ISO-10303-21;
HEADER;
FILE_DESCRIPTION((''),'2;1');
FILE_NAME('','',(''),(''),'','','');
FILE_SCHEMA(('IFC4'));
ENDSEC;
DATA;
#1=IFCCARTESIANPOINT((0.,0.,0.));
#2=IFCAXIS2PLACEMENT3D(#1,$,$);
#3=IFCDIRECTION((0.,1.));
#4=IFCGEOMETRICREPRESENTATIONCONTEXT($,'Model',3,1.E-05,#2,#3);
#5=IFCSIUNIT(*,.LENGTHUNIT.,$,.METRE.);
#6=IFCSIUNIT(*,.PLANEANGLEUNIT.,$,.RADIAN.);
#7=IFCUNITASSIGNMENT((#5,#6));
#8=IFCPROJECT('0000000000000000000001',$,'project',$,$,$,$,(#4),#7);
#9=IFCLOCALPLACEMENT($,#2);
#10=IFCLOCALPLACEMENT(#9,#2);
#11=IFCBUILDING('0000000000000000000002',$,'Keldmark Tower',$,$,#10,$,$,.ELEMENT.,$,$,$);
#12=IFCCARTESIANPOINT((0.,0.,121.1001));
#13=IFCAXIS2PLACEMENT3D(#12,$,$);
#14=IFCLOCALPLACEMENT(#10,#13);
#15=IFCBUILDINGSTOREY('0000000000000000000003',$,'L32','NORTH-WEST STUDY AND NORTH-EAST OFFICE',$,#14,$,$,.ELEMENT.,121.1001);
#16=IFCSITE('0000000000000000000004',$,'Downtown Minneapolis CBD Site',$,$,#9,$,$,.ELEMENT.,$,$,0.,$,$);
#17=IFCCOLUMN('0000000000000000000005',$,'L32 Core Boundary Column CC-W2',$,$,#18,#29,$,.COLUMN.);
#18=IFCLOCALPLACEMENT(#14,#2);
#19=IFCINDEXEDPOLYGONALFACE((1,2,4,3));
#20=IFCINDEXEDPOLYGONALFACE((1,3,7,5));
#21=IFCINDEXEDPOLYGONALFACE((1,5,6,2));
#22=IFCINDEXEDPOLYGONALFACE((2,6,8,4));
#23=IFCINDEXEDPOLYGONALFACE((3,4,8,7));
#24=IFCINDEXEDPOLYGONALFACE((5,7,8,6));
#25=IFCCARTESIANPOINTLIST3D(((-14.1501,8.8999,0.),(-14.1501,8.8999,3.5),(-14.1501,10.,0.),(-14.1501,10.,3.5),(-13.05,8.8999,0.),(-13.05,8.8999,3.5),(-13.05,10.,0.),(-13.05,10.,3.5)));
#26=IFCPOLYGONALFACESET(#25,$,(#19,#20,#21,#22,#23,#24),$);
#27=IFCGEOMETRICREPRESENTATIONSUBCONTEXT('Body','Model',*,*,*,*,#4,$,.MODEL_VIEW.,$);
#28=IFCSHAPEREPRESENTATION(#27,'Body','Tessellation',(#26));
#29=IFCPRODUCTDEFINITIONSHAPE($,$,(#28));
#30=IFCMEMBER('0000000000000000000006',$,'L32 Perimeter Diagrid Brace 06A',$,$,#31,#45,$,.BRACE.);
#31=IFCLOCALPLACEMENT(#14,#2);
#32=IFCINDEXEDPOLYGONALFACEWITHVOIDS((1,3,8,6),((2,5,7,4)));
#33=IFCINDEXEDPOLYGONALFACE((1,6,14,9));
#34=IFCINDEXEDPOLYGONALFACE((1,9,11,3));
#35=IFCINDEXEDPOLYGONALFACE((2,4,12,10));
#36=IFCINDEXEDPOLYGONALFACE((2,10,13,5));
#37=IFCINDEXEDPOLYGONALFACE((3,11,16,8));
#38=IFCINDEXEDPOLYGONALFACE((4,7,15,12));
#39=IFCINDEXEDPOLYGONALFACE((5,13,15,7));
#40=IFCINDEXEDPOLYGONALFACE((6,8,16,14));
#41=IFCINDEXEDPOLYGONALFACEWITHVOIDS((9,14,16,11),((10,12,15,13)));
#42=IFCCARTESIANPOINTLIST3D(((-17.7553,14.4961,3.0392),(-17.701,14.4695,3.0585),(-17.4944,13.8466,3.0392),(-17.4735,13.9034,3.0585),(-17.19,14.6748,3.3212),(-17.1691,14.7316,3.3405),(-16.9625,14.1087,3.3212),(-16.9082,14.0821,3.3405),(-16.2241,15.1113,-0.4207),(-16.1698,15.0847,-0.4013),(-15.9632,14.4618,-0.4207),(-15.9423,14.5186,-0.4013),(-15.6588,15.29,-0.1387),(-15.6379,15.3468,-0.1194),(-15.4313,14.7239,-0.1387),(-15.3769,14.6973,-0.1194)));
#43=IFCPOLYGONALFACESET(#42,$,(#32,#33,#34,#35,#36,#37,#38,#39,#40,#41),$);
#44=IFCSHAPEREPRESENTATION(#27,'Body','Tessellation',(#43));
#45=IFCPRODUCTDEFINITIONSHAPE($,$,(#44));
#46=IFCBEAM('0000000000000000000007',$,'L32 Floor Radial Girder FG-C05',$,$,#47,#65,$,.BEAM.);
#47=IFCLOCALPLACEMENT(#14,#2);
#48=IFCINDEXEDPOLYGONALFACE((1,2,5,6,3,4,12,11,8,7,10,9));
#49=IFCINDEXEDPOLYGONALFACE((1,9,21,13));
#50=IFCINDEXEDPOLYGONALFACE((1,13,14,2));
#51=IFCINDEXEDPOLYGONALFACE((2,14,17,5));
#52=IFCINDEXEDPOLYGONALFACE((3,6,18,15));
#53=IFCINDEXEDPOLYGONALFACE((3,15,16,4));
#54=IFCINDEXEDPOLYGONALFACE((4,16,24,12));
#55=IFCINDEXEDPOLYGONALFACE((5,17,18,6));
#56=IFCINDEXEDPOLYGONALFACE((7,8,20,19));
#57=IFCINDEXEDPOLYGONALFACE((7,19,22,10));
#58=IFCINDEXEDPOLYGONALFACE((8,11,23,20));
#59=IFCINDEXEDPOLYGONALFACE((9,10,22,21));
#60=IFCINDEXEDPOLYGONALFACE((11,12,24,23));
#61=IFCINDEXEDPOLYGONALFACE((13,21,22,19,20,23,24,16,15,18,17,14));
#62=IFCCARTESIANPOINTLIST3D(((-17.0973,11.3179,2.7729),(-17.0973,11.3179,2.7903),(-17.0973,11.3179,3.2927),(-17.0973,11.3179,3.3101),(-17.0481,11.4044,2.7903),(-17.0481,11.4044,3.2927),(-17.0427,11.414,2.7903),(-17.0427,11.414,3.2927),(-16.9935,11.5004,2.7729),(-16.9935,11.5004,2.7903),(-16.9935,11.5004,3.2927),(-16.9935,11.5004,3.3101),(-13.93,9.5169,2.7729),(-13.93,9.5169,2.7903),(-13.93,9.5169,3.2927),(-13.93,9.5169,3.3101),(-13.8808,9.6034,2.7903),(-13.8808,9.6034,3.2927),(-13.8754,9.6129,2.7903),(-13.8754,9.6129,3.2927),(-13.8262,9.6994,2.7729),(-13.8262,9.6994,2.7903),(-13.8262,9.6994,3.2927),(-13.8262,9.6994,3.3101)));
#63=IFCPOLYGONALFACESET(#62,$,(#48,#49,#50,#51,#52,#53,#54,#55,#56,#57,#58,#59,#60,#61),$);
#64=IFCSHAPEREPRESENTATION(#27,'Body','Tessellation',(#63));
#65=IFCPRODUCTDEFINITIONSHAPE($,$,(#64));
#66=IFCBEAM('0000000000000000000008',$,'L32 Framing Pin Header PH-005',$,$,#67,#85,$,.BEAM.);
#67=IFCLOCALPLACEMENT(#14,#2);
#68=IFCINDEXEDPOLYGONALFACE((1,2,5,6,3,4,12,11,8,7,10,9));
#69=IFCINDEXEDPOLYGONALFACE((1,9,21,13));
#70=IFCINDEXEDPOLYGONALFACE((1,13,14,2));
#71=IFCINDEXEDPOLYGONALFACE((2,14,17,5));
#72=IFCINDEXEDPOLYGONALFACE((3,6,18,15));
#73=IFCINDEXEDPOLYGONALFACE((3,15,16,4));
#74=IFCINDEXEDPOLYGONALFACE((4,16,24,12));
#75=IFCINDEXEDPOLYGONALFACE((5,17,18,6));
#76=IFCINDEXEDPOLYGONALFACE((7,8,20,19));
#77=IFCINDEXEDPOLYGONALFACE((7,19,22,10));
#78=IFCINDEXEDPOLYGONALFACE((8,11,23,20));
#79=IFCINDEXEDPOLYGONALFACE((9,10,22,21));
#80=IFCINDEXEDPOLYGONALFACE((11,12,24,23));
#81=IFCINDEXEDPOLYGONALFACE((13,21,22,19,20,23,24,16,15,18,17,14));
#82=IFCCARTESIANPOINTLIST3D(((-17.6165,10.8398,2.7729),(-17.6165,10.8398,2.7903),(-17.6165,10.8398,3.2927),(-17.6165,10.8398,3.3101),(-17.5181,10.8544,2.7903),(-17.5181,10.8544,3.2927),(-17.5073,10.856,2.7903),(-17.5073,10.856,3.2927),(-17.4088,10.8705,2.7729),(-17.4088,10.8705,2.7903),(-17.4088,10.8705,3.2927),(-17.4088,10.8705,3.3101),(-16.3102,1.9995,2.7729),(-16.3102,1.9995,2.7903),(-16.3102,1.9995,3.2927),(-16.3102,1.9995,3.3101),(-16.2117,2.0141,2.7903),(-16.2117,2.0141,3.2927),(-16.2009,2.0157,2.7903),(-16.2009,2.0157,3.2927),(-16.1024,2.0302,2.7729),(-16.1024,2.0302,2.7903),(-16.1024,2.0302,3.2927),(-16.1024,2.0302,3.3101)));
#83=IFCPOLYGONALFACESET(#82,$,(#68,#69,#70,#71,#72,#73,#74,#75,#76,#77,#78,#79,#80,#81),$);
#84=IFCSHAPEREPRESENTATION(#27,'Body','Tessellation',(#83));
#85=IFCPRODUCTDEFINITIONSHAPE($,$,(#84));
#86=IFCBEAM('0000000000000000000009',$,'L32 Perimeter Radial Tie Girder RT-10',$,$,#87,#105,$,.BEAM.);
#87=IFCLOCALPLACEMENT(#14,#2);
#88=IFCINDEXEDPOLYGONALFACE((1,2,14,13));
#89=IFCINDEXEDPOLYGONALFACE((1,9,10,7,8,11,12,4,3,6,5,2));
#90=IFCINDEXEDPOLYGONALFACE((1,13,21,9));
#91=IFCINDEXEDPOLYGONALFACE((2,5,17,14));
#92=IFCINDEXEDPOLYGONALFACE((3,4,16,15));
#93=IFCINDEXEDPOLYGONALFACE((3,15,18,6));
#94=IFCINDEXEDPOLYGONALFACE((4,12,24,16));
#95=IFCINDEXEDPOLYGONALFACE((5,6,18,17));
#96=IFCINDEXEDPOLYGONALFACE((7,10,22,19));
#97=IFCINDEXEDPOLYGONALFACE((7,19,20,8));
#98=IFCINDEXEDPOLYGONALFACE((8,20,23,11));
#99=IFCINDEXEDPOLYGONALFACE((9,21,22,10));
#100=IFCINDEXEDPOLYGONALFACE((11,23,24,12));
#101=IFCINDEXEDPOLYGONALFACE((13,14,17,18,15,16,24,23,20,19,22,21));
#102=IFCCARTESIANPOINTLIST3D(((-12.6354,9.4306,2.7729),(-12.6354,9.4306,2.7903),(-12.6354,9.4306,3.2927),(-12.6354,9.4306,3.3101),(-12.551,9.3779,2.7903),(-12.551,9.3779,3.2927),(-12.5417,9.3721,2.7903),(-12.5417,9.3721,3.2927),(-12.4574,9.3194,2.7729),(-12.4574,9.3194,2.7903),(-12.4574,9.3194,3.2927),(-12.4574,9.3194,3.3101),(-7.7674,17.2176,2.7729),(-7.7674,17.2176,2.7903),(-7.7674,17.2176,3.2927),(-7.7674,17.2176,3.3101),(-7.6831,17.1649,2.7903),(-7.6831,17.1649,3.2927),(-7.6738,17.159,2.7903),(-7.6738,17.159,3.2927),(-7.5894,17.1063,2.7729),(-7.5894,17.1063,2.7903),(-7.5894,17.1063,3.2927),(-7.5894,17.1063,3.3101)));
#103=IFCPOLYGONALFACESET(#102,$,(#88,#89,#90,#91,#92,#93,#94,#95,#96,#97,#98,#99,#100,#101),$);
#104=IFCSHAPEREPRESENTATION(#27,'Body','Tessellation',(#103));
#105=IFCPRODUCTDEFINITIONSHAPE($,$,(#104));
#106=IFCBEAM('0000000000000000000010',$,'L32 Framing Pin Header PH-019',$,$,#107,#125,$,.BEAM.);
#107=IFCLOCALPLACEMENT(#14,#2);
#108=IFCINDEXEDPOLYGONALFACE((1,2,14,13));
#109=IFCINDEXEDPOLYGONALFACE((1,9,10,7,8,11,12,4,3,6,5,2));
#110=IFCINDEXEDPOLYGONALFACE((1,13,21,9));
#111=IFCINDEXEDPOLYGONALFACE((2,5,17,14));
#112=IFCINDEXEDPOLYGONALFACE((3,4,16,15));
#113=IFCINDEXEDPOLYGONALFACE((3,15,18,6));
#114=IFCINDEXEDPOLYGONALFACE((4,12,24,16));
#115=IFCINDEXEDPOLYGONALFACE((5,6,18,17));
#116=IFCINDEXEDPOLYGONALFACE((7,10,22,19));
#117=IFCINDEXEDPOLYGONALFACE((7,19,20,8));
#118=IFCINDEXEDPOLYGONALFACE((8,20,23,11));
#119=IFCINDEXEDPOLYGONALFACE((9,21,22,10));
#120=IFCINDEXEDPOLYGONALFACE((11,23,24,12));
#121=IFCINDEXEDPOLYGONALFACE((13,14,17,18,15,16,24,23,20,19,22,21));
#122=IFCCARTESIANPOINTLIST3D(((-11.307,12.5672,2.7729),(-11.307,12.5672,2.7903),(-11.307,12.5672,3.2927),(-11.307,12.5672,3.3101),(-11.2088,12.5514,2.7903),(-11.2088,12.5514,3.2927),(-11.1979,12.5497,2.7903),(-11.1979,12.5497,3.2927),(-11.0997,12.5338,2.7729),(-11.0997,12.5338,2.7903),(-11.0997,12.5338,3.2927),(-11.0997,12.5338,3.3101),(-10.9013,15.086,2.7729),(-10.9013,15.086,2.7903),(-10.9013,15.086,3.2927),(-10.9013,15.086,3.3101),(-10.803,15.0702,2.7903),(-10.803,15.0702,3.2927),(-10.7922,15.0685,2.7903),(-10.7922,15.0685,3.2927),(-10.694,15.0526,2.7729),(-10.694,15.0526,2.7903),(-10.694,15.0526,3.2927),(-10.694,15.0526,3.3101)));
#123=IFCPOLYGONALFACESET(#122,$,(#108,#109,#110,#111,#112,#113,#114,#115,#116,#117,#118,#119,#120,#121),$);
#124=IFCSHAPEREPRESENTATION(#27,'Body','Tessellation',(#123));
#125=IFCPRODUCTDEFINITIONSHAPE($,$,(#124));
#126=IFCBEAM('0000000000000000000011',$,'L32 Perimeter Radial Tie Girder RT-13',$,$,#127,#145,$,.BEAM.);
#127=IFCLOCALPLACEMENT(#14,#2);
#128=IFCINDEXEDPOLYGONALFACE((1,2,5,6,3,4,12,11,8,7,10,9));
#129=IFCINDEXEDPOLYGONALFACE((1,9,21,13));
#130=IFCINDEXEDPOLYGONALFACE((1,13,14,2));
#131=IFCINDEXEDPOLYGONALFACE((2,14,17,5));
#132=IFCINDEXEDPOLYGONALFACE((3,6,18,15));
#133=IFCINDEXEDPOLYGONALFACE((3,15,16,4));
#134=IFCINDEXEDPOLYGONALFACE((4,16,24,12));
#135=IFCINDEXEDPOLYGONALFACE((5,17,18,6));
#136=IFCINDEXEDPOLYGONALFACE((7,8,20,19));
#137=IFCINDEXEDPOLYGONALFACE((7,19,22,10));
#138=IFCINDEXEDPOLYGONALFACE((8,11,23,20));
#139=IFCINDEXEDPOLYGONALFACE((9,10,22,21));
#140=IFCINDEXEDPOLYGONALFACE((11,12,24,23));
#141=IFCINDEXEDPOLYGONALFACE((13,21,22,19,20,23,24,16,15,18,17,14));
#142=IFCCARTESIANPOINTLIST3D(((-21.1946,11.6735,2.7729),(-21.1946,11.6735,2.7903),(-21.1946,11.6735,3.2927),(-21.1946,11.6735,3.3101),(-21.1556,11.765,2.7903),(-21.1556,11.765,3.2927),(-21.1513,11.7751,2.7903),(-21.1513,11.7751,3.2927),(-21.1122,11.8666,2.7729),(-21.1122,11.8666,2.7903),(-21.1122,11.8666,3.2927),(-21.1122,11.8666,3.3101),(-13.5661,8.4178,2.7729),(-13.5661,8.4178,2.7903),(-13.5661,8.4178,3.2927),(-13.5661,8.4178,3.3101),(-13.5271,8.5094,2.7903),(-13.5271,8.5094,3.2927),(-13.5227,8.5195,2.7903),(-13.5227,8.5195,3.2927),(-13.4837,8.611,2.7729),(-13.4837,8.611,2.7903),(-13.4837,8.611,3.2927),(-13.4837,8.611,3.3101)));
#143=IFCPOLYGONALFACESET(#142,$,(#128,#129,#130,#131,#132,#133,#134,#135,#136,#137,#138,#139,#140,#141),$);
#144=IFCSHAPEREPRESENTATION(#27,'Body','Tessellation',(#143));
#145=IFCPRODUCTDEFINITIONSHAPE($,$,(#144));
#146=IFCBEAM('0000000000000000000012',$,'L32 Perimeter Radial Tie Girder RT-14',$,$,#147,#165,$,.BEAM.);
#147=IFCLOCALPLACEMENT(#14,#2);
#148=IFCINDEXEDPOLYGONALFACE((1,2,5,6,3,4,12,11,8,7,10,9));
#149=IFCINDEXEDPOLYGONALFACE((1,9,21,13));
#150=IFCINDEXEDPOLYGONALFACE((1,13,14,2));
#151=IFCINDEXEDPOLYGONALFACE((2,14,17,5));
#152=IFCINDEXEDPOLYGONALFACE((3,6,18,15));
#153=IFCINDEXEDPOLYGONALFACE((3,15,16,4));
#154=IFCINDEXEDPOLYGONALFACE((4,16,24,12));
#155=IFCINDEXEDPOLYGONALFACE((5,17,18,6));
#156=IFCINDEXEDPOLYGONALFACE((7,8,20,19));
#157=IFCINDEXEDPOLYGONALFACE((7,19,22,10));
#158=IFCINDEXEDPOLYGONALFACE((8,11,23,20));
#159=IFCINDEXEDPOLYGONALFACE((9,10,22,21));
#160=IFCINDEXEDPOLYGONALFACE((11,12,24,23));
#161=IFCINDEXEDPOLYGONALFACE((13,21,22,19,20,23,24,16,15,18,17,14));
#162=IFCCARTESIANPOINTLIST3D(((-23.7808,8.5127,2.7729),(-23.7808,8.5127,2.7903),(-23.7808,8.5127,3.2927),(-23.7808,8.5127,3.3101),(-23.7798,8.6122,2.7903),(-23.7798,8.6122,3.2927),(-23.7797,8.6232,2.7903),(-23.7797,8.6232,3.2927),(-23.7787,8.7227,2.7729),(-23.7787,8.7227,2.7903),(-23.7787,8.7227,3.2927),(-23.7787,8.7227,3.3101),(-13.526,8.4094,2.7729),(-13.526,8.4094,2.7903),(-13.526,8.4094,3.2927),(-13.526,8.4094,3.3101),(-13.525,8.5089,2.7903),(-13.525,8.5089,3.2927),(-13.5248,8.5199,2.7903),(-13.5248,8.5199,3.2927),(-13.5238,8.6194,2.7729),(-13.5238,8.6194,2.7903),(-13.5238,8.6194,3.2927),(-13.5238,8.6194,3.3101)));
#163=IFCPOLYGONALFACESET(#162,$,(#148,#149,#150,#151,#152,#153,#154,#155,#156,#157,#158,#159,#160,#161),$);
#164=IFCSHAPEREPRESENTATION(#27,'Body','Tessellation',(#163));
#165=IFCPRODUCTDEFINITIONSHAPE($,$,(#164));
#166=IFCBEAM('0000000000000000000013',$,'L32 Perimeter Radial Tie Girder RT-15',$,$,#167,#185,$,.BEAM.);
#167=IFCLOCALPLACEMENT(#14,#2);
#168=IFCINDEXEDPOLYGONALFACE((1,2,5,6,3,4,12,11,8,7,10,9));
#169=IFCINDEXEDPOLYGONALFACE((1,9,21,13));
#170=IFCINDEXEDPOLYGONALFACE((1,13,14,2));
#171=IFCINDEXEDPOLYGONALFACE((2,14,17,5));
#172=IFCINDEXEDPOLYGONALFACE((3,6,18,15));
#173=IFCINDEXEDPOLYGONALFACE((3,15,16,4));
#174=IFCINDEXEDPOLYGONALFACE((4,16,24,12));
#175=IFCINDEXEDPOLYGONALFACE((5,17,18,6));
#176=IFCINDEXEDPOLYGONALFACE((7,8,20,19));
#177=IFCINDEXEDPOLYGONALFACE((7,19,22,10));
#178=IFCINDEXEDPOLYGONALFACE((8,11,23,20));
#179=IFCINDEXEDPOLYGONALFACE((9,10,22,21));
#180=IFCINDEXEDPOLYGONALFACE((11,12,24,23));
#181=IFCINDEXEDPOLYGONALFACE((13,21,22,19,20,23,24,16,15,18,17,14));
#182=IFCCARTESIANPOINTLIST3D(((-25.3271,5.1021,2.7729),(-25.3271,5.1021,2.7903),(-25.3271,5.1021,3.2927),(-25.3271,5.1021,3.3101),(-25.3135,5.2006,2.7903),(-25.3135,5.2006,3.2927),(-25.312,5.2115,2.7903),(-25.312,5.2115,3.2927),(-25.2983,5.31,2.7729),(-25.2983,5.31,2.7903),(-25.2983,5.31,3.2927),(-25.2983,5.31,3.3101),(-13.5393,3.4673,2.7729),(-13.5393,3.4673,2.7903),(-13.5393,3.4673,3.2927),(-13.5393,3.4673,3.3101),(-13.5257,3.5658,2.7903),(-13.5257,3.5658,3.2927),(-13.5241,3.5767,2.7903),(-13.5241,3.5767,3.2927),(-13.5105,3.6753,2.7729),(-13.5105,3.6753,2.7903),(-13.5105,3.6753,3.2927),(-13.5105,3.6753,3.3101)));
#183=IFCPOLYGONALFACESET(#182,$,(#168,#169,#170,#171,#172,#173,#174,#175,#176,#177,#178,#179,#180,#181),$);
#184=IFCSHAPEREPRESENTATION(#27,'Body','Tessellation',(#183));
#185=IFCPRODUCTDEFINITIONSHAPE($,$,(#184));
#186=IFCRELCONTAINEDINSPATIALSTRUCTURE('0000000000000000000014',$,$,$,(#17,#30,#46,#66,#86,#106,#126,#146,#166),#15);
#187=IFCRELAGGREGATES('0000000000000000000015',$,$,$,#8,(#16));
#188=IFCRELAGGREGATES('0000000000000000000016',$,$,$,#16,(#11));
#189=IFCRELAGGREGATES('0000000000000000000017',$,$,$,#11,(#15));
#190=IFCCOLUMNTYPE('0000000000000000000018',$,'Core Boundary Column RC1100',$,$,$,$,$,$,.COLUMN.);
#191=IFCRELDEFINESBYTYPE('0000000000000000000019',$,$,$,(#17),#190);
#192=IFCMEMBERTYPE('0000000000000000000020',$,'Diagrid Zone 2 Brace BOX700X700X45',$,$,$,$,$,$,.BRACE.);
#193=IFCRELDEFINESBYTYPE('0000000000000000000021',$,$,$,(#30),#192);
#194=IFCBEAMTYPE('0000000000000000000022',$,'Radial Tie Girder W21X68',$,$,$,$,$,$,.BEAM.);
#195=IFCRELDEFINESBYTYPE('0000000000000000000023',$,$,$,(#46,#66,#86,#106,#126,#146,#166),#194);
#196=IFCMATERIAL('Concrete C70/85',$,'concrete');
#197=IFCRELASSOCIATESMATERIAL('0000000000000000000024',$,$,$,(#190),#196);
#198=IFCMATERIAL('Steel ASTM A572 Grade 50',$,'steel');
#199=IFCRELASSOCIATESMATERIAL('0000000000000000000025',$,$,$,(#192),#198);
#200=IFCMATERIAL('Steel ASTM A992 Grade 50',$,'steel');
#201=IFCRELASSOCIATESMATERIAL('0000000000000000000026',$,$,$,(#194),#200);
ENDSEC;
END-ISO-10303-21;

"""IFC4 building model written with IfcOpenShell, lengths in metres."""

from ifc_helpers import new_model, si_unit, direction, frame, origin, origin_2d, place, context, subcontext, project, spatial, rectangle, hollow_rectangle, i_section, extrude, material, material_profile, profile_set, type_object, element, save


model = new_model("IFC4")

# Units and contexts
model_context = context("Model", 3, precision=1e-05, world=origin(), true_north=direction((0.0, 1.0)))
body_context = subcontext(model_context, "Body", "Model", "MODEL_VIEW")
ifc_project = project(units=[si_unit("LENGTHUNIT", "METRE"), si_unit("PLANEANGLEUNIT", "RADIAN")], contexts=[model_context])

# Site, building, storey
site_placement = place(None, origin())
site = spatial("IfcSite", under=ifc_project, at=site_placement, Name="Downtown Minneapolis CBD Site", CompositionType="ELEMENT", RefElevation=0.0)
building_placement = place(site_placement, origin())
building = spatial("IfcBuilding", under=site, at=building_placement, Name="Keldmark Tower", CompositionType="ELEMENT")
storey_placement = place(building_placement, frame((0.0, 0.0, 121.1001)))
storey = spatial("IfcBuildingStorey", under=building, at=storey_placement, Name="L32", Description="NORTH-WEST STUDY AND NORTH-EAST OFFICE", CompositionType="ELEMENT", Elevation=121.1001)

# Column
ifc_material_1 = material(Name="Concrete C70/85", Category="concrete")
ifc_material_profile_1 = material_profile(ifc_material_1, rectangle(XDim=1.1001, YDim=1.1001, at=origin_2d()), Name="RC1100X1100")
ifc_profile_set_1 = profile_set([ifc_material_profile_1], Name="Concrete C70/85")
column_type = type_object("IfcColumnType", Name="Core Boundary Column RC1100", PredefinedType="COLUMN", material=ifc_profile_set_1)
column_placement = place(storey_placement, frame((-13.6001, 9.45, 0.0), z_axis=(0.0, 0.0, 1.0), x_axis=(1.0, 0.0, 0.0)))
element("IfcColumn", 1, at=column_placement, inside=storey, type_object=column_type, Name="L32 Core Boundary Column CC-W2", PredefinedType="COLUMN", context=body_context, shape_type="SweptSolid", body=[
    extrude(rectangle(XDim=1.1001, YDim=1.1001, at=origin_2d()), origin(), (0.0, 0.0, 1.0), 3.5),
])

# Member
ifc_material_2 = material(Name="Steel ASTM A572 Grade 50", Category="steel")
ifc_material_profile_2 = material_profile(ifc_material_2, hollow_rectangle(XDim=0.7, YDim=0.7, WallThickness=0.0449, at=origin_2d()), Name="BOX700X700X45")
ifc_profile_set_2 = profile_set([ifc_material_profile_2], Name="Steel ASTM A572 Grade 50")
member_type = type_object("IfcMemberType", Name="Diagrid Zone 2 Brace BOX700X700X45", PredefinedType="BRACE", material=ifc_profile_set_2)
member_placement = place(storey_placement, frame((-15.8005, 14.9043, -0.27), z_axis=(-0.399455, -0.160495, 0.902595), x_axis=(0.372819, -0.927904, 0.0)))
element("IfcMember", 2, at=member_placement, inside=storey, type_object=member_type, Name="L32 Perimeter Diagrid Brace 06A", PredefinedType="BRACE", context=body_context, shape_type="SweptSolid", body=[
    extrude(hollow_rectangle(XDim=0.7, YDim=0.7, WallThickness=0.0449, at=origin_2d()), origin(), (0.0, 0.0, 1.0), 3.8333),
])

# Beams
ifc_material_3 = material(Name="Steel ASTM A992 Grade 50", Category="steel")
ifc_material_profile_3 = material_profile(ifc_material_3, i_section(OverallWidth=0.21, OverallDepth=0.5371, WebThickness=0.011, FlangeThickness=0.0173, at=origin_2d()), Name="W21X68")
ifc_profile_set_3 = profile_set([ifc_material_profile_3], Name="Steel ASTM A992 Grade 50")
beam_type_1 = type_object("IfcBeamType", Name="Radial Tie Girder W21X68", PredefinedType="BEAM", material=ifc_profile_set_3)
beam_1_placement = place(storey_placement, frame((-17.0454, 11.4092, 3.0415), z_axis=(0.869284, -0.494312, 0.0), x_axis=(0.494312, 0.869284, 0.0)))
element("IfcBeam", 3, at=beam_1_placement, inside=storey, type_object=beam_type_1, Name="L32 Floor Radial Girder FG-C05", PredefinedType="BEAM", context=body_context, shape_type="SweptSolid", body=[
    extrude(i_section(OverallWidth=0.21, OverallDepth=0.5371, WebThickness=0.011, FlangeThickness=0.0173, at=origin_2d()), origin(), (0.0, 0.0, 1.0), 3.6436),
])
beam_2_placement = place(storey_placement, frame((-16.2063, 2.0149, 3.0415), z_axis=(-0.146189, 0.989257, 0.0), x_axis=(-0.989257, -0.146189, 0.0)))
element("IfcBeam", 4, at=beam_2_placement, inside=storey, type_object=beam_type_1, Name="L32 Framing Pin Header PH-005", PredefinedType="BEAM", context=body_context, shape_type="SweptSolid", body=[
    extrude(i_section(OverallWidth=0.21, OverallDepth=0.5371, WebThickness=0.011, FlangeThickness=0.0173, at=origin_2d()), origin(), (0.0, 0.0, 1.0), 8.9363),
])
beam_3_placement = place(storey_placement, frame((-12.5464, 9.375, 3.0415), z_axis=(0.530087, 0.847943, 0.0), x_axis=(-0.847943, 0.530087, 0.0)))
element("IfcBeam", 5, at=beam_3_placement, inside=storey, type_object=beam_type_1, Name="L32 Perimeter Radial Tie Girder RT-10", PredefinedType="BEAM", context=body_context, shape_type="SweptSolid", body=[
    extrude(i_section(OverallWidth=0.21, OverallDepth=0.5371, WebThickness=0.011, FlangeThickness=0.0173, at=origin_2d()), origin(), (0.0, 0.0, 1.0), 9.1833),
])
beam_4_placement = place(storey_placement, frame((-11.2034, 12.5505, 3.0415), z_axis=(0.159043, 0.987272, 0.0), x_axis=(-0.987272, 0.159043, 0.0)))
element("IfcBeam", 6, at=beam_4_placement, inside=storey, type_object=beam_type_1, Name="L32 Framing Pin Header PH-019", PredefinedType="BEAM", context=body_context, shape_type="SweptSolid", body=[
    extrude(i_section(OverallWidth=0.21, OverallDepth=0.5371, WebThickness=0.011, FlangeThickness=0.0173, at=origin_2d()), origin(), (0.0, 0.0, 1.0), 2.5513),
])
beam_5_placement = place(storey_placement, frame((-13.5249, 8.5144, 3.0415), z_axis=(-0.919742, 0.392523, 0.0), x_axis=(-0.392523, -0.919742, 0.0)))
element("IfcBeam", 7, at=beam_5_placement, inside=storey, type_object=beam_type_1, Name="L32 Perimeter Radial Tie Girder RT-13", PredefinedType="BEAM", context=body_context, shape_type="SweptSolid", body=[
    extrude(i_section(OverallWidth=0.21, OverallDepth=0.5371, WebThickness=0.011, FlangeThickness=0.0173, at=origin_2d()), origin(), (0.0, 0.0, 1.0), 8.2942),
])
beam_6_placement = place(storey_placement, frame((-13.5249, 8.5144, 3.0415), z_axis=(-0.999949, 0.01007, 0.0), x_axis=(-0.01007, -0.999949, 0.0)))
element("IfcBeam", 8, at=beam_6_placement, inside=storey, type_object=beam_type_1, Name="L32 Perimeter Radial Tie Girder RT-14", PredefinedType="BEAM", context=body_context, shape_type="SweptSolid", body=[
    extrude(i_section(OverallWidth=0.21, OverallDepth=0.5371, WebThickness=0.011, FlangeThickness=0.0173, at=origin_2d()), origin(), (0.0, 0.0, 1.0), 10.2554),
])
beam_7_placement = place(storey_placement, frame((-13.5249, 3.5713, 3.0415), z_axis=(-0.99052, 0.137368, 0.0), x_axis=(-0.137368, -0.99052, 0.0)))
element("IfcBeam", 9, at=beam_7_placement, inside=storey, type_object=beam_type_1, Name="L32 Perimeter Radial Tie Girder RT-15", PredefinedType="BEAM", context=body_context, shape_type="SweptSolid", body=[
    extrude(i_section(OverallWidth=0.21, OverallDepth=0.5371, WebThickness=0.011, FlangeThickness=0.0173, at=origin_2d()), origin(), (0.0, 0.0, 1.0), 11.9006),
])

save(model, "model.ifc")
